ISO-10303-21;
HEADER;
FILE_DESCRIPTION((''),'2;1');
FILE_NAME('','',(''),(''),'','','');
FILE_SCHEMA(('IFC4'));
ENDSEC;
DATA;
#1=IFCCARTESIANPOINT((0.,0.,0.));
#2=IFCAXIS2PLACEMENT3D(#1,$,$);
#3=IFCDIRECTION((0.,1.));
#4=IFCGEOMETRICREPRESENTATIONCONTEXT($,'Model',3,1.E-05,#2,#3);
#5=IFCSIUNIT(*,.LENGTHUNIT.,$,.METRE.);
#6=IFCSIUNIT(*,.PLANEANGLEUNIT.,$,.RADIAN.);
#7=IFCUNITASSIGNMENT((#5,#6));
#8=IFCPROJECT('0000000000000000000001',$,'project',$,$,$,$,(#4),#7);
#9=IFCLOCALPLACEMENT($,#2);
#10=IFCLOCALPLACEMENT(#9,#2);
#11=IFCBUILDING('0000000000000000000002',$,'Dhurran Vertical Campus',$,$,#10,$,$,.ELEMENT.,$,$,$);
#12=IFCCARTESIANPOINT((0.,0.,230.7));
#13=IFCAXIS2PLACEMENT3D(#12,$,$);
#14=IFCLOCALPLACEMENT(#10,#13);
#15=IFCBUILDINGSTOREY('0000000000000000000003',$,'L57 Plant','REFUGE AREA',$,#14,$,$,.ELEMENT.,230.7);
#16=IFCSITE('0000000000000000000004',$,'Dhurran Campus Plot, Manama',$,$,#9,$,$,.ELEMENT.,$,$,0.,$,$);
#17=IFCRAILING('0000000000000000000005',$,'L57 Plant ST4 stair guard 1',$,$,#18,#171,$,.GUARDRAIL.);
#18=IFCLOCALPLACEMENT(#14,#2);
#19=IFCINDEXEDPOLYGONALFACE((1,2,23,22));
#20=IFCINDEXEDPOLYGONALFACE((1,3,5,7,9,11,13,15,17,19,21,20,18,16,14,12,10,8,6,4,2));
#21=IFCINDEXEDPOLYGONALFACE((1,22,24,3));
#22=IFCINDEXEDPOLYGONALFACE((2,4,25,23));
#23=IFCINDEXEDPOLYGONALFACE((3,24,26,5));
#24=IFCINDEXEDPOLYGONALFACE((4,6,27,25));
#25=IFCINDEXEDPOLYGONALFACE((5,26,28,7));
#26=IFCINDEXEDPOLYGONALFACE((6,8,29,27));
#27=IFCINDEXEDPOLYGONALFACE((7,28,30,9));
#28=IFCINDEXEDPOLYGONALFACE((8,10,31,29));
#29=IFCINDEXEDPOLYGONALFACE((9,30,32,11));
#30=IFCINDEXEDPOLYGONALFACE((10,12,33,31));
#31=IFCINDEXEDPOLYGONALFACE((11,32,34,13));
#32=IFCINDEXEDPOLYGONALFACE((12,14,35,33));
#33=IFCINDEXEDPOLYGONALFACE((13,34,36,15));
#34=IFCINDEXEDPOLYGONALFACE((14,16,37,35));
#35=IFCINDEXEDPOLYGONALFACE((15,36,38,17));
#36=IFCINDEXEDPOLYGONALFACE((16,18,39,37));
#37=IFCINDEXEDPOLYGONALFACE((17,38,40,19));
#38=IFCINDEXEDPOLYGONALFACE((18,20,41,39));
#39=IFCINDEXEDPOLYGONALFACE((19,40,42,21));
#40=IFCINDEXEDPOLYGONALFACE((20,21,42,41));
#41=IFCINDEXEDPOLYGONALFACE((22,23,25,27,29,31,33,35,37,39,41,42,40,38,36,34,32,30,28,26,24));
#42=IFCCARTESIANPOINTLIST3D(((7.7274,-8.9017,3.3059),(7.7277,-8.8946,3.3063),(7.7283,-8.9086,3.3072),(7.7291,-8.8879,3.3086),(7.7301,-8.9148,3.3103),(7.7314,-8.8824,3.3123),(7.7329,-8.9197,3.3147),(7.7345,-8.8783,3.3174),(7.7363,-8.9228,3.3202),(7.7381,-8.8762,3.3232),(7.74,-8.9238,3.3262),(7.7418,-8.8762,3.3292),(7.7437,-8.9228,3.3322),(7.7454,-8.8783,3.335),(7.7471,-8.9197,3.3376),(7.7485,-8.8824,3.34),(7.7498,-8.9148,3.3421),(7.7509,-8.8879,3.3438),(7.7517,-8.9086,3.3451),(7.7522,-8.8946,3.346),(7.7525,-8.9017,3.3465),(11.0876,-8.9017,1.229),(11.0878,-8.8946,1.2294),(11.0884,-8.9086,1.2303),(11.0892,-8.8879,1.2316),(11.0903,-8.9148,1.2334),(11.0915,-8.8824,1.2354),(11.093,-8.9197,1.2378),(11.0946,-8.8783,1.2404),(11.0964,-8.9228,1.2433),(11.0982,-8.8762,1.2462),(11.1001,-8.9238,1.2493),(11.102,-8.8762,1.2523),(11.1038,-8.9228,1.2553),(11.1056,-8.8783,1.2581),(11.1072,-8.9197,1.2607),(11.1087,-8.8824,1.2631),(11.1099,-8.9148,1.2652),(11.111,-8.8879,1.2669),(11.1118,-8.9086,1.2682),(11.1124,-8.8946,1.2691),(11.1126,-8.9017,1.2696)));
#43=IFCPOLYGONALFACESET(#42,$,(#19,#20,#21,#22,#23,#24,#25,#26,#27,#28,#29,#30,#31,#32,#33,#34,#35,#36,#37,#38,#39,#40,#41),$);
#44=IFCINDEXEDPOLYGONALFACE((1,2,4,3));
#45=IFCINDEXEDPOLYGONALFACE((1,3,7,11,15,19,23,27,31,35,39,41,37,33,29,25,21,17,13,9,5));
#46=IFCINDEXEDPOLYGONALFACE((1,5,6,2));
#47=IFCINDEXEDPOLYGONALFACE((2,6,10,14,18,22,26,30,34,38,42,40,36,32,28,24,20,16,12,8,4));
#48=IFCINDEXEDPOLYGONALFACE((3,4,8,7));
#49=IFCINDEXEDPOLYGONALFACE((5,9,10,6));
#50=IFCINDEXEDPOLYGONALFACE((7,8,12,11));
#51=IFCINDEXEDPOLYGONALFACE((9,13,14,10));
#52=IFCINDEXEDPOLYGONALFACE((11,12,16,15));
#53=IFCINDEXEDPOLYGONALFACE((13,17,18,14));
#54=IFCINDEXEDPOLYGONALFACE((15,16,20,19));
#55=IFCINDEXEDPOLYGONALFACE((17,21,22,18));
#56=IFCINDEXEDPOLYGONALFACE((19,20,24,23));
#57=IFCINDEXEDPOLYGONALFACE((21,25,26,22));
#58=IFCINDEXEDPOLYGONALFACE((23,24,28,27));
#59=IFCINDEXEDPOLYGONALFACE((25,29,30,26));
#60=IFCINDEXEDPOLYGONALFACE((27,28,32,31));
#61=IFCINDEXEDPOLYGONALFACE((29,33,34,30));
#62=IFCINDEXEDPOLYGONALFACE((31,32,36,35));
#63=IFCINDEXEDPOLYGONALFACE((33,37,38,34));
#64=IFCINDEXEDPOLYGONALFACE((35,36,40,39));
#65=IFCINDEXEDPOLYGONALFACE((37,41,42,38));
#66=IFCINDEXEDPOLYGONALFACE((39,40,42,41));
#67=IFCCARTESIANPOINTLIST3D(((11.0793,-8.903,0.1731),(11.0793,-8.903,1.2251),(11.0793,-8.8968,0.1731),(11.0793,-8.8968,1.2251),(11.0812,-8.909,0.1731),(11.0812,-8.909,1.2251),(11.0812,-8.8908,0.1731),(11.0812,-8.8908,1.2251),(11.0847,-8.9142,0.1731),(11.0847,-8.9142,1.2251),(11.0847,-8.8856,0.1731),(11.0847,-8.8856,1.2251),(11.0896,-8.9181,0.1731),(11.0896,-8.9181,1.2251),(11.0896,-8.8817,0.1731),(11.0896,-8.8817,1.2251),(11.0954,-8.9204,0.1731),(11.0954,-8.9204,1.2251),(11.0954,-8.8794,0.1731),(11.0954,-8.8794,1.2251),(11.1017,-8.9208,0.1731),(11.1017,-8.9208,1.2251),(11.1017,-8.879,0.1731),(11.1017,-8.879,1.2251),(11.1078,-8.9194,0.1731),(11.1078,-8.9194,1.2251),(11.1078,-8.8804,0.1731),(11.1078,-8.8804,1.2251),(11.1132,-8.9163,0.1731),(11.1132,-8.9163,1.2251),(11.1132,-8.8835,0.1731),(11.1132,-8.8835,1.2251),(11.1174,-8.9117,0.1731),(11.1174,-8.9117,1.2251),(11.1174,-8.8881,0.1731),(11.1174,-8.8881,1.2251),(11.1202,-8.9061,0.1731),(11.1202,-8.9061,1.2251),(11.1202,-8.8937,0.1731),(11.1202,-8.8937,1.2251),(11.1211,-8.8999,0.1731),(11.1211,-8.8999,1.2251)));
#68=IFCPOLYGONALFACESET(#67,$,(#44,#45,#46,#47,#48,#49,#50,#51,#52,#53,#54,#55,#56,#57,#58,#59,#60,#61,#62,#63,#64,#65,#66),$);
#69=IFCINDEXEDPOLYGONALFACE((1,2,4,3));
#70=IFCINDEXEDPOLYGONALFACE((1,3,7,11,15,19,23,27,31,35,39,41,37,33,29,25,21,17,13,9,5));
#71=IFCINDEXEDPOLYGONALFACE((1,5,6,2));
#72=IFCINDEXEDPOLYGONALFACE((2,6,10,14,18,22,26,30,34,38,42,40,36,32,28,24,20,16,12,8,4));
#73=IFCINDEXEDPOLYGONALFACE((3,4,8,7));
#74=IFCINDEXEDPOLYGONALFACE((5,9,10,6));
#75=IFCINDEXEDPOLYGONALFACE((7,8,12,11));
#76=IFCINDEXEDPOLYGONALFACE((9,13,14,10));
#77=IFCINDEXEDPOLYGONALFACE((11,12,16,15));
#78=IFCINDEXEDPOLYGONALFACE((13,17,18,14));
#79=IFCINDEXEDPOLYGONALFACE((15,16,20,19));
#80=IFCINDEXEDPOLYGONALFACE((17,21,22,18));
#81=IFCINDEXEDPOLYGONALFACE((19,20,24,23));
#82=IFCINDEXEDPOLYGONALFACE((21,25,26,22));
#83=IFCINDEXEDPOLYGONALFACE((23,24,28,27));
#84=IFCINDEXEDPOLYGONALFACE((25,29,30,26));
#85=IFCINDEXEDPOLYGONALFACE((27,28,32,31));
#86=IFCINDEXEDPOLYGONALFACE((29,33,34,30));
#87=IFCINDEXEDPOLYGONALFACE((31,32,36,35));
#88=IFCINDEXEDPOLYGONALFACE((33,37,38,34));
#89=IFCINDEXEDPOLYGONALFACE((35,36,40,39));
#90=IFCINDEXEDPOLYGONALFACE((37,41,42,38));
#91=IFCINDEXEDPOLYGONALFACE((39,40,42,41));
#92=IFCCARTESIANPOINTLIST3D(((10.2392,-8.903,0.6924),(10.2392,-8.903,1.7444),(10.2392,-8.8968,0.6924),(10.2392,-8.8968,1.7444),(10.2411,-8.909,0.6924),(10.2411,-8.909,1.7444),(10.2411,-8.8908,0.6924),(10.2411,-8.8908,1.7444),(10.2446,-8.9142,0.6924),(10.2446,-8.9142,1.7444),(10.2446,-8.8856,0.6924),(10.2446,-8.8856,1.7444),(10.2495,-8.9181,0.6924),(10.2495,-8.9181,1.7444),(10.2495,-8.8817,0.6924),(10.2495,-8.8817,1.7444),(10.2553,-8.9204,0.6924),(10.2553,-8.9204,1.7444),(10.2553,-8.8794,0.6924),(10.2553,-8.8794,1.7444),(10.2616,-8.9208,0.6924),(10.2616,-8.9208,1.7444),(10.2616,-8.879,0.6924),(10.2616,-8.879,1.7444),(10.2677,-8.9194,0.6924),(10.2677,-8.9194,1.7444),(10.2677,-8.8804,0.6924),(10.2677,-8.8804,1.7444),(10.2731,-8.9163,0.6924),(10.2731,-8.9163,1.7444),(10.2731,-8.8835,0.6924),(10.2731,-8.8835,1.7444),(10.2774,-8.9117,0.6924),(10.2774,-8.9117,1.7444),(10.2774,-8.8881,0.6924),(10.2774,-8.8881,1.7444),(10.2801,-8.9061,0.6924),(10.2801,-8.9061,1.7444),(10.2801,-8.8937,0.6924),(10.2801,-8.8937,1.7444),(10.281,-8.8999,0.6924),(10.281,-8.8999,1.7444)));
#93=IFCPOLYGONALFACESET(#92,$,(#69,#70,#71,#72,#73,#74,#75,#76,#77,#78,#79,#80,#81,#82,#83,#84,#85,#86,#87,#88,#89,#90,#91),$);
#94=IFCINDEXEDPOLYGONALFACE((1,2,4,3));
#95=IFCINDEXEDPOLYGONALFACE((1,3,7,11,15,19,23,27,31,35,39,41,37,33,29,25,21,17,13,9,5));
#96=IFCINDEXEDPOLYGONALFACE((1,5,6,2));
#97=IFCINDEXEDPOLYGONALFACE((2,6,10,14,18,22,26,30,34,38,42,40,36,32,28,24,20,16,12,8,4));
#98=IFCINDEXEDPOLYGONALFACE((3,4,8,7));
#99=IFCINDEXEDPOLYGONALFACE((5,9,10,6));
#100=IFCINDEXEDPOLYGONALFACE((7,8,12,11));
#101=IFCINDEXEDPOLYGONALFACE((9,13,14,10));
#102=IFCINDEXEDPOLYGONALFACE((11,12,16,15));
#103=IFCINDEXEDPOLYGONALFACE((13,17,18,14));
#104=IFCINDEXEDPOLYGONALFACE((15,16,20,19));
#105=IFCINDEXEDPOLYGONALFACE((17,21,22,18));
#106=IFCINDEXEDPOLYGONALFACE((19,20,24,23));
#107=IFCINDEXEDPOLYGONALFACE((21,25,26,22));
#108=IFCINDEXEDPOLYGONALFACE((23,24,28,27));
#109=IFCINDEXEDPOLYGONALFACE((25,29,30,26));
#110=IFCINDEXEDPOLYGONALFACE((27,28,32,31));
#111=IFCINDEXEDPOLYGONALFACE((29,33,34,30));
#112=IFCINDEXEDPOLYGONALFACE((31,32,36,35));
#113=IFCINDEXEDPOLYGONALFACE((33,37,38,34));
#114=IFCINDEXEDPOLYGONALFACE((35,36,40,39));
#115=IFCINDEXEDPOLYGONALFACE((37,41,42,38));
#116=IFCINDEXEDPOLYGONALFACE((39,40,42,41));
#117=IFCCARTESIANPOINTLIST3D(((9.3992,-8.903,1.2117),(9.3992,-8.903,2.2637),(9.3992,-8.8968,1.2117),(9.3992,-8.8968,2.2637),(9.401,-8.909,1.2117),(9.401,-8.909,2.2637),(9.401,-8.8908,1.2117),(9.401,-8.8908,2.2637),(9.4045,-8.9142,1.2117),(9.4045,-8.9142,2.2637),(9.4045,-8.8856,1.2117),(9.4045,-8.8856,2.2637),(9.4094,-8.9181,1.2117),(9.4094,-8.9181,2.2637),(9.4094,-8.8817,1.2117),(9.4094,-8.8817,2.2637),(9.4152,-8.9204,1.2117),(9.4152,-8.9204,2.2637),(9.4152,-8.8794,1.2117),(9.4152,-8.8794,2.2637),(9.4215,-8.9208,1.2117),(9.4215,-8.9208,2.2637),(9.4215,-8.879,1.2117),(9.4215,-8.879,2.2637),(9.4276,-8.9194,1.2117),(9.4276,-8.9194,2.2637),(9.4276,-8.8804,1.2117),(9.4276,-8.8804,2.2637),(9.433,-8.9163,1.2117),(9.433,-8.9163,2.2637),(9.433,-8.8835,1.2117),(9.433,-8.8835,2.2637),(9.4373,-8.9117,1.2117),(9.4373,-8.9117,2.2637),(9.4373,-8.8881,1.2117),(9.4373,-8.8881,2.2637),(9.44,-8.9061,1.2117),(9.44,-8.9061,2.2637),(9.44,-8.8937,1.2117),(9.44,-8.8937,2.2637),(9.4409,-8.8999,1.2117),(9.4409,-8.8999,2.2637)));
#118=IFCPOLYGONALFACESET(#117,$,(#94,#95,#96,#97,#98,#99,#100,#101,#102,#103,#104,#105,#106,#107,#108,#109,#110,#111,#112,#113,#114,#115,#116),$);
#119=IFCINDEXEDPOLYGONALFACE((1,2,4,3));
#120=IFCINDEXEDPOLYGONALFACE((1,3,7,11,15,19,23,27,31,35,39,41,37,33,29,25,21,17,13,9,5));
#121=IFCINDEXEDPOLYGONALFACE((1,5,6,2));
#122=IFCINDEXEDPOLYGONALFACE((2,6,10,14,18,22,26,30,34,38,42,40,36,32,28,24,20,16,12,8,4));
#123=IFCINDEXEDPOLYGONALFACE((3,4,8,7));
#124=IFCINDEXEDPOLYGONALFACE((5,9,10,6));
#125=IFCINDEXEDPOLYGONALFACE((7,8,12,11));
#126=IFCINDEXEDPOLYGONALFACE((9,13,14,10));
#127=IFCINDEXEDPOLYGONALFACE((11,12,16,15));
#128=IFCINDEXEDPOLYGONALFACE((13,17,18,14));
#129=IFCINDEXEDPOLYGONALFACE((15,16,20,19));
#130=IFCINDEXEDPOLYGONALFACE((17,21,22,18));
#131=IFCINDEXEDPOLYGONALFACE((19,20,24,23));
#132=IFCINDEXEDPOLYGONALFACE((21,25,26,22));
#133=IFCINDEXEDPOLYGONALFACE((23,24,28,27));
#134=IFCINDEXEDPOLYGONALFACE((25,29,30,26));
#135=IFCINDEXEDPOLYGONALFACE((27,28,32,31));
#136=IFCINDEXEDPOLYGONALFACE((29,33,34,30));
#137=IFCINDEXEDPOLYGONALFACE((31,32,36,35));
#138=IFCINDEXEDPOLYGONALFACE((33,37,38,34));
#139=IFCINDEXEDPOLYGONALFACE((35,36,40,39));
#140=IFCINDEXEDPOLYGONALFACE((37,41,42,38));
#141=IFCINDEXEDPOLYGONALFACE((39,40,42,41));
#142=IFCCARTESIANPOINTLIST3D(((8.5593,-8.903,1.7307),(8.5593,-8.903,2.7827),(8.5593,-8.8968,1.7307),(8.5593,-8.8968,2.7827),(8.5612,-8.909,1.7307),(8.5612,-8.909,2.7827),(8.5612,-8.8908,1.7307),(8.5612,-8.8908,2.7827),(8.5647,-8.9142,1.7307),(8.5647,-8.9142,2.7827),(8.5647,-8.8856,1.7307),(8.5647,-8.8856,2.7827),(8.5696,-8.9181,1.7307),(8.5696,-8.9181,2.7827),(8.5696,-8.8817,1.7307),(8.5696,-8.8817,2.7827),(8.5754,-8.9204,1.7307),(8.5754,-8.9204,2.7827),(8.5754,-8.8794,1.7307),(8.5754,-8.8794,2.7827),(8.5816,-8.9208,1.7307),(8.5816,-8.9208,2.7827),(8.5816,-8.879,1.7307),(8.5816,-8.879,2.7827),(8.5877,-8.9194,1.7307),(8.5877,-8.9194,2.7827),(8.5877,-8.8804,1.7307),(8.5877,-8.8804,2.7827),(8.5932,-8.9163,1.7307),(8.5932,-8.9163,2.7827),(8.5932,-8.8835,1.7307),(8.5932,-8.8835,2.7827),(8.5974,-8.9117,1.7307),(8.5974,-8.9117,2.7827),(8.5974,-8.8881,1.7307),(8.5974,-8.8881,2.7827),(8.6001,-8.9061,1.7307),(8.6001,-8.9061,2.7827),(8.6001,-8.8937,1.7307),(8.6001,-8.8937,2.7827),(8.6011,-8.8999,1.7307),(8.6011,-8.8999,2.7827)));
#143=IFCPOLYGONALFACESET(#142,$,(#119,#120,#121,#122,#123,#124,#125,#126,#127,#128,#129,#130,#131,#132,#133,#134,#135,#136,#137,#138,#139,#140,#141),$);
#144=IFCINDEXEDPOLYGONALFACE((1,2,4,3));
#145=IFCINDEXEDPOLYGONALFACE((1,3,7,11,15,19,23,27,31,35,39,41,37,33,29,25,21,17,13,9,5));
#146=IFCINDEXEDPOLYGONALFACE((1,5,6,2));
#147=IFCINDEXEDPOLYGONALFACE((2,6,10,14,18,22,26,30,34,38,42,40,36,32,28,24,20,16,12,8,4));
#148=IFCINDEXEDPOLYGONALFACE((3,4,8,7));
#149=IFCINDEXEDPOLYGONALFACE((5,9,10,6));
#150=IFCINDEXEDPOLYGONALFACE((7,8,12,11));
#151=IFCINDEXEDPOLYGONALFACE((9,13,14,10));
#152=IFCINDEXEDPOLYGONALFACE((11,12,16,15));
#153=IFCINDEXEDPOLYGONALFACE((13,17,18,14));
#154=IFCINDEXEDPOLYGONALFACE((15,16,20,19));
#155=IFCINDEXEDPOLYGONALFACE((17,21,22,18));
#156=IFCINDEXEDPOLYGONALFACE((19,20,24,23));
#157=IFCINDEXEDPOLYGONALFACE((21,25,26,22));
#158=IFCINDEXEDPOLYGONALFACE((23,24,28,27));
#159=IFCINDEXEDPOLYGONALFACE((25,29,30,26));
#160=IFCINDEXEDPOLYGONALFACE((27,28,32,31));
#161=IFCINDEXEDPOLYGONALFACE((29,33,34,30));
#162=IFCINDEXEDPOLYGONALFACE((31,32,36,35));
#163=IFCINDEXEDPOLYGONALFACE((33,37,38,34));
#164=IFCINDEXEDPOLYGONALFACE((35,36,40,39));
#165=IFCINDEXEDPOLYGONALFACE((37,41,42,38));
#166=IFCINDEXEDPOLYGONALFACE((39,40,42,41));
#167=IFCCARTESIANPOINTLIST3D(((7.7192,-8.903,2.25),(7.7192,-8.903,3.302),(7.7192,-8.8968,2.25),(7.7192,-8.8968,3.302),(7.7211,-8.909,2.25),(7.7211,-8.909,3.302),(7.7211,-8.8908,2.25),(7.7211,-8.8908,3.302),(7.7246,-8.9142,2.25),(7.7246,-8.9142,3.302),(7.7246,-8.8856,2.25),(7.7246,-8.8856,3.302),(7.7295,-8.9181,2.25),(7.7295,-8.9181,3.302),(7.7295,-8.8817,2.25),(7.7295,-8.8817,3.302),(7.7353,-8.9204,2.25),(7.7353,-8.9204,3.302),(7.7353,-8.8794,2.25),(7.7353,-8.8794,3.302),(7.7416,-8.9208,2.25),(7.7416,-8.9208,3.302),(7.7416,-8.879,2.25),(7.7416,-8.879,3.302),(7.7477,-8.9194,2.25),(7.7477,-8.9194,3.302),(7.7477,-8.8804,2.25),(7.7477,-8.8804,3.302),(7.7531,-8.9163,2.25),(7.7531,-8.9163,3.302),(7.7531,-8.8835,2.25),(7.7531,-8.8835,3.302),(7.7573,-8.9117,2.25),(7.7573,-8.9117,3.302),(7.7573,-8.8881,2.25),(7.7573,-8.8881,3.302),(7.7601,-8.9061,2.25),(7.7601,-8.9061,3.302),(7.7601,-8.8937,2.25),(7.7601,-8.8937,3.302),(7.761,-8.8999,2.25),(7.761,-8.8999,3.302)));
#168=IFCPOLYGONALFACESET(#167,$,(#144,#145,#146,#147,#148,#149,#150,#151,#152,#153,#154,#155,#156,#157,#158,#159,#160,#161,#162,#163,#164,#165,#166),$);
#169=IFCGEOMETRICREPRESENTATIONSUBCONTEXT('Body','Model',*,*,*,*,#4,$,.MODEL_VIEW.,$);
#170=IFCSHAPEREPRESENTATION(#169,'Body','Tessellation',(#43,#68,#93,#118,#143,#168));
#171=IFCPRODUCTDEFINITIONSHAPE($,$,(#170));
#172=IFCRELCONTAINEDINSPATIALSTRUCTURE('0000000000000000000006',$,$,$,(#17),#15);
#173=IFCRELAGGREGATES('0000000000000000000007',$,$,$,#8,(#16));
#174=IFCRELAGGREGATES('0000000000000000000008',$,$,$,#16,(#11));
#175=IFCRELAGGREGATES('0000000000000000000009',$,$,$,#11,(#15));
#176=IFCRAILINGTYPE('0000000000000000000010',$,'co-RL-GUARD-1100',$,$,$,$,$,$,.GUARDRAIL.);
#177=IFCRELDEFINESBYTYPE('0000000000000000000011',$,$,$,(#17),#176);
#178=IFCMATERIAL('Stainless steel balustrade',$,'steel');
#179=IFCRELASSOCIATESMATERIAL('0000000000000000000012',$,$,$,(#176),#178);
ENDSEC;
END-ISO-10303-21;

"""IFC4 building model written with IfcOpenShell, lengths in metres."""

from ifc_helpers import new_model, si_unit, direction, frame, origin, origin_2d, place, context, subcontext, project, spatial, circle, extrude, material, type_object, element, save


model = new_model("IFC4")

# Units and contexts
model_context = context("Model", 3, precision=1e-05, world=origin(), true_north=direction((0.0, 1.0)))
body_context = subcontext(model_context, "Body", "Model", "MODEL_VIEW")
ifc_project = project(units=[si_unit("LENGTHUNIT", "METRE"), si_unit("PLANEANGLEUNIT", "RADIAN")], contexts=[model_context])

# Site, building, storey
site_placement = place(None, origin())
site = spatial("IfcSite", under=ifc_project, at=site_placement, Name="Dhurran Campus Plot, Manama", CompositionType="ELEMENT", RefElevation=0.0)
building_placement = place(site_placement, origin())
building = spatial("IfcBuilding", under=site, at=building_placement, Name="Dhurran Vertical Campus", CompositionType="ELEMENT")
storey_placement = place(building_placement, frame((0.0, 0.0, 230.7)))
storey = spatial("IfcBuildingStorey", under=building, at=storey_placement, Name="L57 Plant", Description="REFUGE AREA", CompositionType="ELEMENT", Elevation=230.7)

# Railing
ifc_material_1 = material(Name="Stainless steel balustrade", Category="steel")
railing_type_1 = type_object("IfcRailingType", Name="co-RL-GUARD-1100", PredefinedType="GUARDRAIL", material=ifc_material_1)
railing_1_placement = place(storey_placement, frame((11.1001, -8.8999, 0.1731)))
element("IfcRailing", 1, at=railing_1_placement, inside=storey, type_object=railing_type_1, Name="L57 Plant ST4 stair guard 1", PredefinedType="GUARDRAIL", context=body_context, shape_type="SweptSolid", body=[
    extrude(circle(Radius=0.0239, at=origin_2d()), frame((0.0, 0.0, 1.0762), z_axis=(-0.850623, 0.0, 0.525776), x_axis=(0.0, -1.0, 0.0)), (0.0, 0.0, 1.0), 3.9502),
    extrude(circle(Radius=0.021, at=origin_2d()), origin(), (0.0, 0.0, 1.0), 1.052),
    extrude(circle(Radius=0.021, at=origin_2d()), frame((-0.8401, 0.0, 0.5193)), (0.0, 0.0, 1.0), 1.052),
    extrude(circle(Radius=0.021, at=origin_2d()), frame((-1.6802, 0.0, 1.0386)), (0.0, 0.0, 1.0), 1.052),
    extrude(circle(Radius=0.021, at=origin_2d()), frame((-2.52, 0.0, 1.5576)), (0.0, 0.0, 1.0), 1.052),
    extrude(circle(Radius=0.021, at=origin_2d()), frame((-3.3601, 0.0, 2.0769)), (0.0, 0.0, 1.0), 1.052),
])

save(model, "model.ifc")
